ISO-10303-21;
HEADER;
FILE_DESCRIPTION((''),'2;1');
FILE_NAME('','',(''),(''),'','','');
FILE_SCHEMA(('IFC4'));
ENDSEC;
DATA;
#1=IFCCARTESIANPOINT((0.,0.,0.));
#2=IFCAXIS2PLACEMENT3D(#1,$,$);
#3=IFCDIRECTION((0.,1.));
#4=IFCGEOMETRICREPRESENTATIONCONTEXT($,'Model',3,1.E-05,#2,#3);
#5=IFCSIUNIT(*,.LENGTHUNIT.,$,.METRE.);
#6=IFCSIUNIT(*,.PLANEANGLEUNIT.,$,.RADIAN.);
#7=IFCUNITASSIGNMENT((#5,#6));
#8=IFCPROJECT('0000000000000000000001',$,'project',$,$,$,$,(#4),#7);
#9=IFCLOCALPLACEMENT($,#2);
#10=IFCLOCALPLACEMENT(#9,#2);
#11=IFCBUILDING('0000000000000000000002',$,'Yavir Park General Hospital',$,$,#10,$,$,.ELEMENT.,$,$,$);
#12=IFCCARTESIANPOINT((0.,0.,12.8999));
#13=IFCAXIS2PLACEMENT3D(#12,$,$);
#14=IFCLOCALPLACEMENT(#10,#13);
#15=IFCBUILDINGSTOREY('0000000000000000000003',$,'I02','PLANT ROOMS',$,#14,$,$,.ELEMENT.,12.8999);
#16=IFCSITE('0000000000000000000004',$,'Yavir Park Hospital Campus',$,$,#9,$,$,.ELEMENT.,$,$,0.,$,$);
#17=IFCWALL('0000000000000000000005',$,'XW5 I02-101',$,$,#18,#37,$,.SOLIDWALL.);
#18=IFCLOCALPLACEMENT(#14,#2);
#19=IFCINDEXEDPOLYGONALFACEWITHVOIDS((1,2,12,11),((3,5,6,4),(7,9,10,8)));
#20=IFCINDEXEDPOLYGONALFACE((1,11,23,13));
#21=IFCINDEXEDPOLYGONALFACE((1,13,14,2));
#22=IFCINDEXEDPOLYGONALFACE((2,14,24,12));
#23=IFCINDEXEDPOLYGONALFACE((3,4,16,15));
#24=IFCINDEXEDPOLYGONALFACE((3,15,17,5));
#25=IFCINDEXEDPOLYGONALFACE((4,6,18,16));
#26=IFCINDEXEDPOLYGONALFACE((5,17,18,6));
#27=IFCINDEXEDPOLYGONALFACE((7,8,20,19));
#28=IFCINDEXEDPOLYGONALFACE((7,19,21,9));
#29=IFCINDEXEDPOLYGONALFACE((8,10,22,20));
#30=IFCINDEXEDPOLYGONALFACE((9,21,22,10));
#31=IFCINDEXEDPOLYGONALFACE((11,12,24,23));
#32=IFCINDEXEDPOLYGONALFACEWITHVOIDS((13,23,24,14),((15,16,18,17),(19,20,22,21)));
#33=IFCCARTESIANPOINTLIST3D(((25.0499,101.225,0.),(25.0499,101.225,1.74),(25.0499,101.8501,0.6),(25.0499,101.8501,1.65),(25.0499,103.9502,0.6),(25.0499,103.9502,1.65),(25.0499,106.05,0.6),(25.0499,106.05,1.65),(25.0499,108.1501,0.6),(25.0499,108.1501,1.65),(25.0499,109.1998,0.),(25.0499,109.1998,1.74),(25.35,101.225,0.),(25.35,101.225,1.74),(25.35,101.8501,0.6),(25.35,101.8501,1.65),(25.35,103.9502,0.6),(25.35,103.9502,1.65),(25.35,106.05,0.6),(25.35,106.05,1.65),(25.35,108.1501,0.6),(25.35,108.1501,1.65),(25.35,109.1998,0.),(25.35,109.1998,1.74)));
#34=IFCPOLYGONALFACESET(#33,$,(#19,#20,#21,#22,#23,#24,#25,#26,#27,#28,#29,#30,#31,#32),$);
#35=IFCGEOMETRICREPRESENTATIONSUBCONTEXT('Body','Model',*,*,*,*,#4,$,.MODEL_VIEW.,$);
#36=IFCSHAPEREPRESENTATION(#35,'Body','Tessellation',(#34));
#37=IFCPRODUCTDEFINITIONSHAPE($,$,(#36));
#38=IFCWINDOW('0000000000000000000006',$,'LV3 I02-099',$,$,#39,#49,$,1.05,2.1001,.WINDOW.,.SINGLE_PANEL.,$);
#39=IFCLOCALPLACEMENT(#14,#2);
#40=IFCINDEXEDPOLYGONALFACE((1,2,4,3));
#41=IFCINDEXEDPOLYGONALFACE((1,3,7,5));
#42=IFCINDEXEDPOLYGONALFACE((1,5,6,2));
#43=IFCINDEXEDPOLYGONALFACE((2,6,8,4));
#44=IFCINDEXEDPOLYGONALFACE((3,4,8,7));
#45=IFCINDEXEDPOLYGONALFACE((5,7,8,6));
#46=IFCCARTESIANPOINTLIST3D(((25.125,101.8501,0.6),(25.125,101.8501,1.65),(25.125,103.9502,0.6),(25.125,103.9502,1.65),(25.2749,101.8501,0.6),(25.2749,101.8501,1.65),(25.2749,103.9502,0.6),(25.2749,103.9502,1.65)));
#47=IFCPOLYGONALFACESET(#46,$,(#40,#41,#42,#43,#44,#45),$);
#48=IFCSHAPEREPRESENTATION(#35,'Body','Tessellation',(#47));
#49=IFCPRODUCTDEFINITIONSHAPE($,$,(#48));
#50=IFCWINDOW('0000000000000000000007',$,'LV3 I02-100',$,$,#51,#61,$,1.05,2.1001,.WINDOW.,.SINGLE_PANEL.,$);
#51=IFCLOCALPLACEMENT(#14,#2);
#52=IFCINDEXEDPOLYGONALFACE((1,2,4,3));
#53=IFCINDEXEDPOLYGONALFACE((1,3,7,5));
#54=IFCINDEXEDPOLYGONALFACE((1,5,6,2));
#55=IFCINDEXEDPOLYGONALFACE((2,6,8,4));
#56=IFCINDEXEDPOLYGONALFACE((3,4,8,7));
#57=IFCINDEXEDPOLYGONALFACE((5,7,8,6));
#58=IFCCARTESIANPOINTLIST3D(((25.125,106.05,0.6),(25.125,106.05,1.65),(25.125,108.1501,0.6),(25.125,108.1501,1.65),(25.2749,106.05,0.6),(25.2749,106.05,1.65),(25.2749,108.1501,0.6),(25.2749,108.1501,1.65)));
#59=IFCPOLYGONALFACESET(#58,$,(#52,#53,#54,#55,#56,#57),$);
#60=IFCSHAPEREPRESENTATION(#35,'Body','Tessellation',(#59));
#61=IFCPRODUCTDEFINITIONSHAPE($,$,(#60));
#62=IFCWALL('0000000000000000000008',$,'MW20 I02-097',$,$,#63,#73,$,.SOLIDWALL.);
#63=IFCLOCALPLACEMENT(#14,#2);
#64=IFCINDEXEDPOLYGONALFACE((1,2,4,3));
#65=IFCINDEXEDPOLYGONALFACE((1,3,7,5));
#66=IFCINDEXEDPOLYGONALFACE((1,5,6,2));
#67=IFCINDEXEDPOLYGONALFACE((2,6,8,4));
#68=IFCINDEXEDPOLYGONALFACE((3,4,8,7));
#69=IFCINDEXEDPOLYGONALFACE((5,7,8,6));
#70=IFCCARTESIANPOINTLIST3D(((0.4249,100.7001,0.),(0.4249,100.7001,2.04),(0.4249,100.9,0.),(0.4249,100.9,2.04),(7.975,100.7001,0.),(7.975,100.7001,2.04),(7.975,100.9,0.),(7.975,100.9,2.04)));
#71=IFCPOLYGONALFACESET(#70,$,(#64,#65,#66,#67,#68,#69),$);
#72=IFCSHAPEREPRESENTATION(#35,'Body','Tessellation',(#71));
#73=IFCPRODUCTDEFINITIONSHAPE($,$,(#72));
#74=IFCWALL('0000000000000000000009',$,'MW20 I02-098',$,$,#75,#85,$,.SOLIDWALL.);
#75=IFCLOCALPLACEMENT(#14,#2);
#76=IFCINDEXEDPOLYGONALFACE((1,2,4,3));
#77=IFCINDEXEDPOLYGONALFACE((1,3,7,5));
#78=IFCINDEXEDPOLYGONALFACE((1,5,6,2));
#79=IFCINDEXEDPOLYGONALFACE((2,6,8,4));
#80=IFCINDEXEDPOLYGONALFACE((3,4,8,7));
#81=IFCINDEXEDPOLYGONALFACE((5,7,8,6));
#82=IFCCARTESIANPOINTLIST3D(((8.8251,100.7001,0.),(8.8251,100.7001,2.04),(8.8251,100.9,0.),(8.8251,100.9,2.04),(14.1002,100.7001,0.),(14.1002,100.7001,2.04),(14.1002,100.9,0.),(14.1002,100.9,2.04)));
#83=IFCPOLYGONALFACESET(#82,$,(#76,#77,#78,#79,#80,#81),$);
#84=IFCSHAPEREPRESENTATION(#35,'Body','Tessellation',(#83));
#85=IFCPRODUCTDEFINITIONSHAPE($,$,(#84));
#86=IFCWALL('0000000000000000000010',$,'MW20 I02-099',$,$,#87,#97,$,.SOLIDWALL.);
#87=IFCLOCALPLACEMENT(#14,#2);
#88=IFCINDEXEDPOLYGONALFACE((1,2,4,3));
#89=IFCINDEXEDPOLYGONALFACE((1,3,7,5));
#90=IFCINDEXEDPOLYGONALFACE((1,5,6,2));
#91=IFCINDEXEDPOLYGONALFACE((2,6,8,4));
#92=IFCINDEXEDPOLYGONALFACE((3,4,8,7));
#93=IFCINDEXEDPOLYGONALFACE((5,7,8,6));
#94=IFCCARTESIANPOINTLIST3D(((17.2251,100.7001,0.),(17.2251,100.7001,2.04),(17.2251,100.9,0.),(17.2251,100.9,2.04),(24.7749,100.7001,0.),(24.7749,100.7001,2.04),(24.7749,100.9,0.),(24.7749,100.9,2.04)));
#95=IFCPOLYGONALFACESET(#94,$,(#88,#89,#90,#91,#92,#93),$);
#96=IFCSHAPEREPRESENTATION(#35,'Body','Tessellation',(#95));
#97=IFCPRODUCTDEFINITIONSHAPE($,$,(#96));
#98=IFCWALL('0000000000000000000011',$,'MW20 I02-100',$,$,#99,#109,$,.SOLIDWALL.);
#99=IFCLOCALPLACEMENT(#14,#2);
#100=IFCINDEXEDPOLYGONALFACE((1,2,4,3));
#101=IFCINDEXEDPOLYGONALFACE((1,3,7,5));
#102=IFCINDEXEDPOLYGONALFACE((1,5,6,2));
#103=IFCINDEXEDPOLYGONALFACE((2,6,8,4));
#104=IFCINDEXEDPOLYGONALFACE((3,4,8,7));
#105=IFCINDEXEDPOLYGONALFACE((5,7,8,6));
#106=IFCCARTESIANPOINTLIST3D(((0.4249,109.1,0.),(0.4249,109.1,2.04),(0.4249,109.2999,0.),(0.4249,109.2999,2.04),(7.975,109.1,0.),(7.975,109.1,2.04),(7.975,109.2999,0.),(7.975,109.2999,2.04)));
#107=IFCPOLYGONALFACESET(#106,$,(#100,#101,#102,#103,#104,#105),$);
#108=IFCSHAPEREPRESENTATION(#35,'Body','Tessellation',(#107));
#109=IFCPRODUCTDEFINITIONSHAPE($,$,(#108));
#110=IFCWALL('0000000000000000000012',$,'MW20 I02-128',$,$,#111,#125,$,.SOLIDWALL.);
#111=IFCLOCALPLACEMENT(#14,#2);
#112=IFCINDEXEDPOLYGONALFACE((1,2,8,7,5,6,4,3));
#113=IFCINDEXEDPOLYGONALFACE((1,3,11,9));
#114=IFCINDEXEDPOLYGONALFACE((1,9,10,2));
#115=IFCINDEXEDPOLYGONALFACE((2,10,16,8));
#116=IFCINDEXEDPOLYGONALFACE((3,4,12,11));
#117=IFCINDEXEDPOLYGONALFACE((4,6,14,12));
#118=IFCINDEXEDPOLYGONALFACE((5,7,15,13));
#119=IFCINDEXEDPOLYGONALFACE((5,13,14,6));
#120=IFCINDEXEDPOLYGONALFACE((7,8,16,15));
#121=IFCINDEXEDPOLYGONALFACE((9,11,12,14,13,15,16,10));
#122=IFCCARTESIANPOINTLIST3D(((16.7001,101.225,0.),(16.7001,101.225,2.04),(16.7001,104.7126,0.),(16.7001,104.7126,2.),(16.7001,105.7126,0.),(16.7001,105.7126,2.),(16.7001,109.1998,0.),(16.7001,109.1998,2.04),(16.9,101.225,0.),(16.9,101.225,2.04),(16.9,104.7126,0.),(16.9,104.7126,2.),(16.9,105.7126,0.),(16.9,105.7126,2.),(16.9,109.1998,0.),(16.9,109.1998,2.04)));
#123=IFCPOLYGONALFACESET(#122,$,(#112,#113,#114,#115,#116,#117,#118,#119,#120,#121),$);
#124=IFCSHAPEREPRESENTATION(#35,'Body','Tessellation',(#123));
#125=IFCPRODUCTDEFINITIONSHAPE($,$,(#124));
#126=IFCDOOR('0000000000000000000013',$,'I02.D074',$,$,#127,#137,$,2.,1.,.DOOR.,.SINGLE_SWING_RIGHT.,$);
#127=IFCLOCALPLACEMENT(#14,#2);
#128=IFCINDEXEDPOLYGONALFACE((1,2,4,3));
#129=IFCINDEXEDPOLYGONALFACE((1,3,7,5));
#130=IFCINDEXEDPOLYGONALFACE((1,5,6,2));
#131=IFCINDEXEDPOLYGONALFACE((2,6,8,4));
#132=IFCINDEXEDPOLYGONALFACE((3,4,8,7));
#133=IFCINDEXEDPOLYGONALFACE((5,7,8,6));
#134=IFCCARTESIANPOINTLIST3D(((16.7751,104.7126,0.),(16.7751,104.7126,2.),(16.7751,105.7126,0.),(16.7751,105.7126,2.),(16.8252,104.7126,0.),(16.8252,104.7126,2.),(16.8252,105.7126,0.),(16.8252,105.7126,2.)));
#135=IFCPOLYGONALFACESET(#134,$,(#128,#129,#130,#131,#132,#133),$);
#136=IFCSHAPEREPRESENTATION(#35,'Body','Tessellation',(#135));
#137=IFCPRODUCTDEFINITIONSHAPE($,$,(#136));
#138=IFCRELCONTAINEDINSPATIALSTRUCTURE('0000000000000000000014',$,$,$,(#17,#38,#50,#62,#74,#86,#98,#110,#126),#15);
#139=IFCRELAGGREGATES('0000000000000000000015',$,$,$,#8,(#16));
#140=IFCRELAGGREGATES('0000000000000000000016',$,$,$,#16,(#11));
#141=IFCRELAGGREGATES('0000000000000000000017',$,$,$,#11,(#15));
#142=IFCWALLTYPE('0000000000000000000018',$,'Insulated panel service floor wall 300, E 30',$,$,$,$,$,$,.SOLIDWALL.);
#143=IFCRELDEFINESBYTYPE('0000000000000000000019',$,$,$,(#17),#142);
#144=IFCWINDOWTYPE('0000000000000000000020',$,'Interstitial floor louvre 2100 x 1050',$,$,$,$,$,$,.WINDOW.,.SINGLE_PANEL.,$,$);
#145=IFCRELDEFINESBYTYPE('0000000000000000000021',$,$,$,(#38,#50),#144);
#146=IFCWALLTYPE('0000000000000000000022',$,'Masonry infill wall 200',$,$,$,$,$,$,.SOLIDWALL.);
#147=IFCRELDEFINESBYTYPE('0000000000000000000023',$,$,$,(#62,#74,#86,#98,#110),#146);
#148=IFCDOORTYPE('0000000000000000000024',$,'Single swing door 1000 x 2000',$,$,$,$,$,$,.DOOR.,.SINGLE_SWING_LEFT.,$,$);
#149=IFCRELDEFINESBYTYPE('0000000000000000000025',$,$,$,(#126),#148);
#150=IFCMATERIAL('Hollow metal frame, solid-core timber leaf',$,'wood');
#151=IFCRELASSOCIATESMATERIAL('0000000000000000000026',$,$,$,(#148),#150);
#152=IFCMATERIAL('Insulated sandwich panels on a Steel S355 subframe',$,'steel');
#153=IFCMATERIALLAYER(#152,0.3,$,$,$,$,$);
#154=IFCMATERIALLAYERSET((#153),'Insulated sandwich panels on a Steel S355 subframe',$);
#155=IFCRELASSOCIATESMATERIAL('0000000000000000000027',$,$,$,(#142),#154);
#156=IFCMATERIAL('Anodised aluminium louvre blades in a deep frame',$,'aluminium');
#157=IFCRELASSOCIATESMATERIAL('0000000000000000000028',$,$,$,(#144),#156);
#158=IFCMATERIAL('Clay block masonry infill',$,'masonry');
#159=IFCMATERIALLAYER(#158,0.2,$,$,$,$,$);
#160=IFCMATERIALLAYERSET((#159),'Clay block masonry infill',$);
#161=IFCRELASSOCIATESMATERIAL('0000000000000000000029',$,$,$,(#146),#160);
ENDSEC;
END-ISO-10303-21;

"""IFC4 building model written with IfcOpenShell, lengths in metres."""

from ifc_helpers import new_model, si_unit, direction, frame, frame_2d, origin, place, context, subcontext, project, spatial, rectangle, extrude, material, layer, layer_set, type_object, element, fill, save


model = new_model("IFC4")

# Units and contexts
model_context = context("Model", 3, precision=1e-05, world=origin(), true_north=direction((0.0, 1.0)))
body_context = subcontext(model_context, "Body", "Model", "MODEL_VIEW")
ifc_project = project(units=[si_unit("LENGTHUNIT", "METRE"), si_unit("PLANEANGLEUNIT", "RADIAN")], contexts=[model_context])

# Site, building, storey
site_placement = place(None, origin())
site = spatial("IfcSite", under=ifc_project, at=site_placement, Name="Yavir Park Hospital Campus", CompositionType="ELEMENT", RefElevation=0.0)
building_placement = place(site_placement, origin())
building = spatial("IfcBuilding", under=site, at=building_placement, Name="Yavir Park General Hospital", CompositionType="ELEMENT")
storey_placement = place(building_placement, frame((0.0, 0.0, 12.8999)))
storey = spatial("IfcBuildingStorey", under=building, at=storey_placement, Name="I02", Description="PLANT ROOMS", CompositionType="ELEMENT", Elevation=12.8999)

# Shared definitions
ifc_material_1 = material(Name="Hollow metal frame, solid-core timber leaf", Category="wood")
door_type = type_object("IfcDoorType", Name="Single swing door 1000 x 2000", OperationType="SINGLE_SWING_LEFT", PredefinedType="DOOR", material=ifc_material_1)

# Wall, openings, windows
ifc_material_2 = material(Name="Insulated sandwich panels on a Steel S355 subframe", Category="steel")
ifc_layer_1 = layer(ifc_material_2, 0.3)
ifc_layer_set_1 = layer_set([ifc_layer_1], Name="Insulated sandwich panels on a Steel S355 subframe")
wall_type_1 = type_object("IfcWallType", Name="Insulated panel service floor wall 300, E 30", PredefinedType="SOLIDWALL", material=ifc_layer_set_1)
ifc_material_3 = material(Name="Anodised aluminium louvre blades in a deep frame", Category="aluminium")
window_type = type_object("IfcWindowType", Name="Interstitial floor louvre 2100 x 1050", PartitioningType="SINGLE_PANEL", PredefinedType="WINDOW", material=ifc_material_3)
wall_1_placement = place(storey_placement, frame((25.2, 101.2251, 0.0), z_axis=(0.0, 0.0, 1.0), x_axis=(0.0, 1.0, 0.0)))
wall_1 = element("IfcWall", 1, at=wall_1_placement, inside=storey, type_object=wall_type_1, Name="XW5 I02-101", PredefinedType="SOLIDWALL", context=body_context, shape_type="SweptSolid", body=[
    extrude(rectangle(XDim=7.9749, YDim=0.3, at=frame_2d((3.9873, 0.0))), origin(), (0.0, 0.0, 1.0), 1.74),
])
opening_1_placement = place(wall_1_placement, frame((0.625, 0.0, 0.6001)))
opening_1 = element("IfcOpeningElement", 2, at=opening_1_placement, cuts=wall_1, PredefinedType="OPENING", context=body_context, shape_type="SweptSolid", body=[
    extrude(rectangle(XDim=2.1001, YDim=1.05, at=frame_2d((1.05, 0.5249))), frame((0.0, 0.1599, 0.0), z_axis=(0.0, -1.0, 0.0), x_axis=(1.0, 0.0, 0.0)), (0.0, 0.0, 1.0), 0.3201),
])
opening_2_placement = place(wall_1_placement, frame((4.825, 0.0, 0.6001)))
opening_2 = element("IfcOpeningElement", 3, at=opening_2_placement, cuts=wall_1, PredefinedType="OPENING", context=body_context, shape_type="SweptSolid", body=[
    extrude(rectangle(XDim=2.1001, YDim=1.05, at=frame_2d((1.05, 0.5249))), frame((0.0, 0.1599, 0.0), z_axis=(0.0, -1.0, 0.0), x_axis=(1.0, 0.0, 0.0)), (0.0, 0.0, 1.0), 0.3201),
])
window_1_placement = place(opening_1_placement, origin())
window_1 = element("IfcWindow", 4, at=window_1_placement, inside=storey, type_object=window_type, Name="LV3 I02-099", OverallHeight=1.05, OverallWidth=2.1001, PartitioningType="SINGLE_PANEL", PredefinedType="WINDOW", context=body_context, shape_type="SweptSolid", body=[
    extrude(rectangle(XDim=2.1001, YDim=1.05, at=frame_2d((1.05, 0.5249))), frame((0.0, 0.075, 0.0), z_axis=(0.0, -1.0, 0.0), x_axis=(1.0, 0.0, 0.0)), (0.0, 0.0, 1.0), 0.1499),
])
fill(opening_1, window_1)
window_2_placement = place(opening_2_placement, origin())
window_2 = element("IfcWindow", 5, at=window_2_placement, inside=storey, type_object=window_type, Name="LV3 I02-100", OverallHeight=1.05, OverallWidth=2.1001, PartitioningType="SINGLE_PANEL", PredefinedType="WINDOW", context=body_context, shape_type="SweptSolid", body=[
    extrude(rectangle(XDim=2.1001, YDim=1.05, at=frame_2d((1.05, 0.5249))), frame((0.0, 0.075, 0.0), z_axis=(0.0, -1.0, 0.0), x_axis=(1.0, 0.0, 0.0)), (0.0, 0.0, 1.0), 0.1499),
])
fill(opening_2, window_2)

# Walls
ifc_material_4 = material(Name="Clay block masonry infill", Category="masonry")
ifc_layer_2 = layer(ifc_material_4, 0.2)
ifc_layer_set_2 = layer_set([ifc_layer_2], Name="Clay block masonry infill")
wall_type_2 = type_object("IfcWallType", Name="Masonry infill wall 200", PredefinedType="SOLIDWALL", material=ifc_layer_set_2)
wall_2_placement = place(storey_placement, frame((0.425, 100.8, 0.0), z_axis=(0.0, 0.0, 1.0), x_axis=(1.0, 0.0, 0.0)))
element("IfcWall", 6, at=wall_2_placement, inside=storey, type_object=wall_type_2, Name="MW20 I02-097", PredefinedType="SOLIDWALL", context=body_context, shape_type="SweptSolid", body=[
    extrude(rectangle(XDim=7.55, YDim=0.2, at=frame_2d((3.7749, 0.0))), origin(), (0.0, 0.0, 1.0), 2.04),
])
wall_3_placement = place(storey_placement, frame((8.825, 100.8, 0.0), z_axis=(0.0, 0.0, 1.0), x_axis=(1.0, 0.0, 0.0)))
element("IfcWall", 7, at=wall_3_placement, inside=storey, type_object=wall_type_2, Name="MW20 I02-098", PredefinedType="SOLIDWALL", context=body_context, shape_type="SweptSolid", body=[
    extrude(rectangle(XDim=5.2751, YDim=0.2, at=frame_2d((2.6377, 0.0))), origin(), (0.0, 0.0, 1.0), 2.04),
])
wall_4_placement = place(storey_placement, frame((17.2251, 100.8, 0.0), z_axis=(0.0, 0.0, 1.0), x_axis=(1.0, 0.0, 0.0)))
element("IfcWall", 8, at=wall_4_placement, inside=storey, type_object=wall_type_2, Name="MW20 I02-099", PredefinedType="SOLIDWALL", context=body_context, shape_type="SweptSolid", body=[
    extrude(rectangle(XDim=7.5498, YDim=0.2, at=frame_2d((3.7749, 0.0))), origin(), (0.0, 0.0, 1.0), 2.04),
])
wall_5_placement = place(storey_placement, frame((0.425, 109.2, 0.0), z_axis=(0.0, 0.0, 1.0), x_axis=(1.0, 0.0, 0.0)))
element("IfcWall", 9, at=wall_5_placement, inside=storey, type_object=wall_type_2, Name="MW20 I02-100", PredefinedType="SOLIDWALL", context=body_context, shape_type="SweptSolid", body=[
    extrude(rectangle(XDim=7.55, YDim=0.2, at=frame_2d((3.7749, 0.0))), origin(), (0.0, 0.0, 1.0), 2.04),
])

# Wall, opening, door
wall_6_placement = place(storey_placement, frame((16.8, 101.2251, 0.0), z_axis=(0.0, 0.0, 1.0), x_axis=(0.0, 1.0, 0.0)))
wall_6 = element("IfcWall", 10, at=wall_6_placement, inside=storey, type_object=wall_type_2, Name="MW20 I02-128", PredefinedType="SOLIDWALL", context=body_context, shape_type="SweptSolid", body=[
    extrude(rectangle(XDim=7.9749, YDim=0.2, at=frame_2d((3.9873, 0.0))), origin(), (0.0, 0.0, 1.0), 2.04),
])
opening_3_placement = place(wall_6_placement, frame((3.4875, 0.0, 0.0)))
opening_3 = element("IfcOpeningElement", 11, at=opening_3_placement, cuts=wall_6, PredefinedType="OPENING", context=body_context, shape_type="SweptSolid", body=[
    extrude(rectangle(XDim=1.0, YDim=2.0, at=frame_2d((0.5, 1.0))), frame((0.0, 0.1099, 0.0), z_axis=(0.0, -1.0, 0.0), x_axis=(1.0, 0.0, 0.0)), (0.0, 0.0, 1.0), 0.22),
])
door_1_placement = place(opening_3_placement, origin())
door_1 = element("IfcDoor", 12, at=door_1_placement, inside=storey, type_object=door_type, Name="I02.D074", OperationType="SINGLE_SWING_RIGHT", OverallHeight=2.0, OverallWidth=1.0, PredefinedType="DOOR", context=body_context, shape_type="SweptSolid", body=[
    extrude(rectangle(XDim=1.0, YDim=2.0, at=frame_2d((0.5, 1.0))), frame((0.0, 0.0249, 0.0), z_axis=(0.0, -1.0, 0.0), x_axis=(1.0, 0.0, 0.0)), (0.0, 0.0, 1.0), 0.05),
])
fill(opening_3, door_1)

save(model, "model.ifc")
